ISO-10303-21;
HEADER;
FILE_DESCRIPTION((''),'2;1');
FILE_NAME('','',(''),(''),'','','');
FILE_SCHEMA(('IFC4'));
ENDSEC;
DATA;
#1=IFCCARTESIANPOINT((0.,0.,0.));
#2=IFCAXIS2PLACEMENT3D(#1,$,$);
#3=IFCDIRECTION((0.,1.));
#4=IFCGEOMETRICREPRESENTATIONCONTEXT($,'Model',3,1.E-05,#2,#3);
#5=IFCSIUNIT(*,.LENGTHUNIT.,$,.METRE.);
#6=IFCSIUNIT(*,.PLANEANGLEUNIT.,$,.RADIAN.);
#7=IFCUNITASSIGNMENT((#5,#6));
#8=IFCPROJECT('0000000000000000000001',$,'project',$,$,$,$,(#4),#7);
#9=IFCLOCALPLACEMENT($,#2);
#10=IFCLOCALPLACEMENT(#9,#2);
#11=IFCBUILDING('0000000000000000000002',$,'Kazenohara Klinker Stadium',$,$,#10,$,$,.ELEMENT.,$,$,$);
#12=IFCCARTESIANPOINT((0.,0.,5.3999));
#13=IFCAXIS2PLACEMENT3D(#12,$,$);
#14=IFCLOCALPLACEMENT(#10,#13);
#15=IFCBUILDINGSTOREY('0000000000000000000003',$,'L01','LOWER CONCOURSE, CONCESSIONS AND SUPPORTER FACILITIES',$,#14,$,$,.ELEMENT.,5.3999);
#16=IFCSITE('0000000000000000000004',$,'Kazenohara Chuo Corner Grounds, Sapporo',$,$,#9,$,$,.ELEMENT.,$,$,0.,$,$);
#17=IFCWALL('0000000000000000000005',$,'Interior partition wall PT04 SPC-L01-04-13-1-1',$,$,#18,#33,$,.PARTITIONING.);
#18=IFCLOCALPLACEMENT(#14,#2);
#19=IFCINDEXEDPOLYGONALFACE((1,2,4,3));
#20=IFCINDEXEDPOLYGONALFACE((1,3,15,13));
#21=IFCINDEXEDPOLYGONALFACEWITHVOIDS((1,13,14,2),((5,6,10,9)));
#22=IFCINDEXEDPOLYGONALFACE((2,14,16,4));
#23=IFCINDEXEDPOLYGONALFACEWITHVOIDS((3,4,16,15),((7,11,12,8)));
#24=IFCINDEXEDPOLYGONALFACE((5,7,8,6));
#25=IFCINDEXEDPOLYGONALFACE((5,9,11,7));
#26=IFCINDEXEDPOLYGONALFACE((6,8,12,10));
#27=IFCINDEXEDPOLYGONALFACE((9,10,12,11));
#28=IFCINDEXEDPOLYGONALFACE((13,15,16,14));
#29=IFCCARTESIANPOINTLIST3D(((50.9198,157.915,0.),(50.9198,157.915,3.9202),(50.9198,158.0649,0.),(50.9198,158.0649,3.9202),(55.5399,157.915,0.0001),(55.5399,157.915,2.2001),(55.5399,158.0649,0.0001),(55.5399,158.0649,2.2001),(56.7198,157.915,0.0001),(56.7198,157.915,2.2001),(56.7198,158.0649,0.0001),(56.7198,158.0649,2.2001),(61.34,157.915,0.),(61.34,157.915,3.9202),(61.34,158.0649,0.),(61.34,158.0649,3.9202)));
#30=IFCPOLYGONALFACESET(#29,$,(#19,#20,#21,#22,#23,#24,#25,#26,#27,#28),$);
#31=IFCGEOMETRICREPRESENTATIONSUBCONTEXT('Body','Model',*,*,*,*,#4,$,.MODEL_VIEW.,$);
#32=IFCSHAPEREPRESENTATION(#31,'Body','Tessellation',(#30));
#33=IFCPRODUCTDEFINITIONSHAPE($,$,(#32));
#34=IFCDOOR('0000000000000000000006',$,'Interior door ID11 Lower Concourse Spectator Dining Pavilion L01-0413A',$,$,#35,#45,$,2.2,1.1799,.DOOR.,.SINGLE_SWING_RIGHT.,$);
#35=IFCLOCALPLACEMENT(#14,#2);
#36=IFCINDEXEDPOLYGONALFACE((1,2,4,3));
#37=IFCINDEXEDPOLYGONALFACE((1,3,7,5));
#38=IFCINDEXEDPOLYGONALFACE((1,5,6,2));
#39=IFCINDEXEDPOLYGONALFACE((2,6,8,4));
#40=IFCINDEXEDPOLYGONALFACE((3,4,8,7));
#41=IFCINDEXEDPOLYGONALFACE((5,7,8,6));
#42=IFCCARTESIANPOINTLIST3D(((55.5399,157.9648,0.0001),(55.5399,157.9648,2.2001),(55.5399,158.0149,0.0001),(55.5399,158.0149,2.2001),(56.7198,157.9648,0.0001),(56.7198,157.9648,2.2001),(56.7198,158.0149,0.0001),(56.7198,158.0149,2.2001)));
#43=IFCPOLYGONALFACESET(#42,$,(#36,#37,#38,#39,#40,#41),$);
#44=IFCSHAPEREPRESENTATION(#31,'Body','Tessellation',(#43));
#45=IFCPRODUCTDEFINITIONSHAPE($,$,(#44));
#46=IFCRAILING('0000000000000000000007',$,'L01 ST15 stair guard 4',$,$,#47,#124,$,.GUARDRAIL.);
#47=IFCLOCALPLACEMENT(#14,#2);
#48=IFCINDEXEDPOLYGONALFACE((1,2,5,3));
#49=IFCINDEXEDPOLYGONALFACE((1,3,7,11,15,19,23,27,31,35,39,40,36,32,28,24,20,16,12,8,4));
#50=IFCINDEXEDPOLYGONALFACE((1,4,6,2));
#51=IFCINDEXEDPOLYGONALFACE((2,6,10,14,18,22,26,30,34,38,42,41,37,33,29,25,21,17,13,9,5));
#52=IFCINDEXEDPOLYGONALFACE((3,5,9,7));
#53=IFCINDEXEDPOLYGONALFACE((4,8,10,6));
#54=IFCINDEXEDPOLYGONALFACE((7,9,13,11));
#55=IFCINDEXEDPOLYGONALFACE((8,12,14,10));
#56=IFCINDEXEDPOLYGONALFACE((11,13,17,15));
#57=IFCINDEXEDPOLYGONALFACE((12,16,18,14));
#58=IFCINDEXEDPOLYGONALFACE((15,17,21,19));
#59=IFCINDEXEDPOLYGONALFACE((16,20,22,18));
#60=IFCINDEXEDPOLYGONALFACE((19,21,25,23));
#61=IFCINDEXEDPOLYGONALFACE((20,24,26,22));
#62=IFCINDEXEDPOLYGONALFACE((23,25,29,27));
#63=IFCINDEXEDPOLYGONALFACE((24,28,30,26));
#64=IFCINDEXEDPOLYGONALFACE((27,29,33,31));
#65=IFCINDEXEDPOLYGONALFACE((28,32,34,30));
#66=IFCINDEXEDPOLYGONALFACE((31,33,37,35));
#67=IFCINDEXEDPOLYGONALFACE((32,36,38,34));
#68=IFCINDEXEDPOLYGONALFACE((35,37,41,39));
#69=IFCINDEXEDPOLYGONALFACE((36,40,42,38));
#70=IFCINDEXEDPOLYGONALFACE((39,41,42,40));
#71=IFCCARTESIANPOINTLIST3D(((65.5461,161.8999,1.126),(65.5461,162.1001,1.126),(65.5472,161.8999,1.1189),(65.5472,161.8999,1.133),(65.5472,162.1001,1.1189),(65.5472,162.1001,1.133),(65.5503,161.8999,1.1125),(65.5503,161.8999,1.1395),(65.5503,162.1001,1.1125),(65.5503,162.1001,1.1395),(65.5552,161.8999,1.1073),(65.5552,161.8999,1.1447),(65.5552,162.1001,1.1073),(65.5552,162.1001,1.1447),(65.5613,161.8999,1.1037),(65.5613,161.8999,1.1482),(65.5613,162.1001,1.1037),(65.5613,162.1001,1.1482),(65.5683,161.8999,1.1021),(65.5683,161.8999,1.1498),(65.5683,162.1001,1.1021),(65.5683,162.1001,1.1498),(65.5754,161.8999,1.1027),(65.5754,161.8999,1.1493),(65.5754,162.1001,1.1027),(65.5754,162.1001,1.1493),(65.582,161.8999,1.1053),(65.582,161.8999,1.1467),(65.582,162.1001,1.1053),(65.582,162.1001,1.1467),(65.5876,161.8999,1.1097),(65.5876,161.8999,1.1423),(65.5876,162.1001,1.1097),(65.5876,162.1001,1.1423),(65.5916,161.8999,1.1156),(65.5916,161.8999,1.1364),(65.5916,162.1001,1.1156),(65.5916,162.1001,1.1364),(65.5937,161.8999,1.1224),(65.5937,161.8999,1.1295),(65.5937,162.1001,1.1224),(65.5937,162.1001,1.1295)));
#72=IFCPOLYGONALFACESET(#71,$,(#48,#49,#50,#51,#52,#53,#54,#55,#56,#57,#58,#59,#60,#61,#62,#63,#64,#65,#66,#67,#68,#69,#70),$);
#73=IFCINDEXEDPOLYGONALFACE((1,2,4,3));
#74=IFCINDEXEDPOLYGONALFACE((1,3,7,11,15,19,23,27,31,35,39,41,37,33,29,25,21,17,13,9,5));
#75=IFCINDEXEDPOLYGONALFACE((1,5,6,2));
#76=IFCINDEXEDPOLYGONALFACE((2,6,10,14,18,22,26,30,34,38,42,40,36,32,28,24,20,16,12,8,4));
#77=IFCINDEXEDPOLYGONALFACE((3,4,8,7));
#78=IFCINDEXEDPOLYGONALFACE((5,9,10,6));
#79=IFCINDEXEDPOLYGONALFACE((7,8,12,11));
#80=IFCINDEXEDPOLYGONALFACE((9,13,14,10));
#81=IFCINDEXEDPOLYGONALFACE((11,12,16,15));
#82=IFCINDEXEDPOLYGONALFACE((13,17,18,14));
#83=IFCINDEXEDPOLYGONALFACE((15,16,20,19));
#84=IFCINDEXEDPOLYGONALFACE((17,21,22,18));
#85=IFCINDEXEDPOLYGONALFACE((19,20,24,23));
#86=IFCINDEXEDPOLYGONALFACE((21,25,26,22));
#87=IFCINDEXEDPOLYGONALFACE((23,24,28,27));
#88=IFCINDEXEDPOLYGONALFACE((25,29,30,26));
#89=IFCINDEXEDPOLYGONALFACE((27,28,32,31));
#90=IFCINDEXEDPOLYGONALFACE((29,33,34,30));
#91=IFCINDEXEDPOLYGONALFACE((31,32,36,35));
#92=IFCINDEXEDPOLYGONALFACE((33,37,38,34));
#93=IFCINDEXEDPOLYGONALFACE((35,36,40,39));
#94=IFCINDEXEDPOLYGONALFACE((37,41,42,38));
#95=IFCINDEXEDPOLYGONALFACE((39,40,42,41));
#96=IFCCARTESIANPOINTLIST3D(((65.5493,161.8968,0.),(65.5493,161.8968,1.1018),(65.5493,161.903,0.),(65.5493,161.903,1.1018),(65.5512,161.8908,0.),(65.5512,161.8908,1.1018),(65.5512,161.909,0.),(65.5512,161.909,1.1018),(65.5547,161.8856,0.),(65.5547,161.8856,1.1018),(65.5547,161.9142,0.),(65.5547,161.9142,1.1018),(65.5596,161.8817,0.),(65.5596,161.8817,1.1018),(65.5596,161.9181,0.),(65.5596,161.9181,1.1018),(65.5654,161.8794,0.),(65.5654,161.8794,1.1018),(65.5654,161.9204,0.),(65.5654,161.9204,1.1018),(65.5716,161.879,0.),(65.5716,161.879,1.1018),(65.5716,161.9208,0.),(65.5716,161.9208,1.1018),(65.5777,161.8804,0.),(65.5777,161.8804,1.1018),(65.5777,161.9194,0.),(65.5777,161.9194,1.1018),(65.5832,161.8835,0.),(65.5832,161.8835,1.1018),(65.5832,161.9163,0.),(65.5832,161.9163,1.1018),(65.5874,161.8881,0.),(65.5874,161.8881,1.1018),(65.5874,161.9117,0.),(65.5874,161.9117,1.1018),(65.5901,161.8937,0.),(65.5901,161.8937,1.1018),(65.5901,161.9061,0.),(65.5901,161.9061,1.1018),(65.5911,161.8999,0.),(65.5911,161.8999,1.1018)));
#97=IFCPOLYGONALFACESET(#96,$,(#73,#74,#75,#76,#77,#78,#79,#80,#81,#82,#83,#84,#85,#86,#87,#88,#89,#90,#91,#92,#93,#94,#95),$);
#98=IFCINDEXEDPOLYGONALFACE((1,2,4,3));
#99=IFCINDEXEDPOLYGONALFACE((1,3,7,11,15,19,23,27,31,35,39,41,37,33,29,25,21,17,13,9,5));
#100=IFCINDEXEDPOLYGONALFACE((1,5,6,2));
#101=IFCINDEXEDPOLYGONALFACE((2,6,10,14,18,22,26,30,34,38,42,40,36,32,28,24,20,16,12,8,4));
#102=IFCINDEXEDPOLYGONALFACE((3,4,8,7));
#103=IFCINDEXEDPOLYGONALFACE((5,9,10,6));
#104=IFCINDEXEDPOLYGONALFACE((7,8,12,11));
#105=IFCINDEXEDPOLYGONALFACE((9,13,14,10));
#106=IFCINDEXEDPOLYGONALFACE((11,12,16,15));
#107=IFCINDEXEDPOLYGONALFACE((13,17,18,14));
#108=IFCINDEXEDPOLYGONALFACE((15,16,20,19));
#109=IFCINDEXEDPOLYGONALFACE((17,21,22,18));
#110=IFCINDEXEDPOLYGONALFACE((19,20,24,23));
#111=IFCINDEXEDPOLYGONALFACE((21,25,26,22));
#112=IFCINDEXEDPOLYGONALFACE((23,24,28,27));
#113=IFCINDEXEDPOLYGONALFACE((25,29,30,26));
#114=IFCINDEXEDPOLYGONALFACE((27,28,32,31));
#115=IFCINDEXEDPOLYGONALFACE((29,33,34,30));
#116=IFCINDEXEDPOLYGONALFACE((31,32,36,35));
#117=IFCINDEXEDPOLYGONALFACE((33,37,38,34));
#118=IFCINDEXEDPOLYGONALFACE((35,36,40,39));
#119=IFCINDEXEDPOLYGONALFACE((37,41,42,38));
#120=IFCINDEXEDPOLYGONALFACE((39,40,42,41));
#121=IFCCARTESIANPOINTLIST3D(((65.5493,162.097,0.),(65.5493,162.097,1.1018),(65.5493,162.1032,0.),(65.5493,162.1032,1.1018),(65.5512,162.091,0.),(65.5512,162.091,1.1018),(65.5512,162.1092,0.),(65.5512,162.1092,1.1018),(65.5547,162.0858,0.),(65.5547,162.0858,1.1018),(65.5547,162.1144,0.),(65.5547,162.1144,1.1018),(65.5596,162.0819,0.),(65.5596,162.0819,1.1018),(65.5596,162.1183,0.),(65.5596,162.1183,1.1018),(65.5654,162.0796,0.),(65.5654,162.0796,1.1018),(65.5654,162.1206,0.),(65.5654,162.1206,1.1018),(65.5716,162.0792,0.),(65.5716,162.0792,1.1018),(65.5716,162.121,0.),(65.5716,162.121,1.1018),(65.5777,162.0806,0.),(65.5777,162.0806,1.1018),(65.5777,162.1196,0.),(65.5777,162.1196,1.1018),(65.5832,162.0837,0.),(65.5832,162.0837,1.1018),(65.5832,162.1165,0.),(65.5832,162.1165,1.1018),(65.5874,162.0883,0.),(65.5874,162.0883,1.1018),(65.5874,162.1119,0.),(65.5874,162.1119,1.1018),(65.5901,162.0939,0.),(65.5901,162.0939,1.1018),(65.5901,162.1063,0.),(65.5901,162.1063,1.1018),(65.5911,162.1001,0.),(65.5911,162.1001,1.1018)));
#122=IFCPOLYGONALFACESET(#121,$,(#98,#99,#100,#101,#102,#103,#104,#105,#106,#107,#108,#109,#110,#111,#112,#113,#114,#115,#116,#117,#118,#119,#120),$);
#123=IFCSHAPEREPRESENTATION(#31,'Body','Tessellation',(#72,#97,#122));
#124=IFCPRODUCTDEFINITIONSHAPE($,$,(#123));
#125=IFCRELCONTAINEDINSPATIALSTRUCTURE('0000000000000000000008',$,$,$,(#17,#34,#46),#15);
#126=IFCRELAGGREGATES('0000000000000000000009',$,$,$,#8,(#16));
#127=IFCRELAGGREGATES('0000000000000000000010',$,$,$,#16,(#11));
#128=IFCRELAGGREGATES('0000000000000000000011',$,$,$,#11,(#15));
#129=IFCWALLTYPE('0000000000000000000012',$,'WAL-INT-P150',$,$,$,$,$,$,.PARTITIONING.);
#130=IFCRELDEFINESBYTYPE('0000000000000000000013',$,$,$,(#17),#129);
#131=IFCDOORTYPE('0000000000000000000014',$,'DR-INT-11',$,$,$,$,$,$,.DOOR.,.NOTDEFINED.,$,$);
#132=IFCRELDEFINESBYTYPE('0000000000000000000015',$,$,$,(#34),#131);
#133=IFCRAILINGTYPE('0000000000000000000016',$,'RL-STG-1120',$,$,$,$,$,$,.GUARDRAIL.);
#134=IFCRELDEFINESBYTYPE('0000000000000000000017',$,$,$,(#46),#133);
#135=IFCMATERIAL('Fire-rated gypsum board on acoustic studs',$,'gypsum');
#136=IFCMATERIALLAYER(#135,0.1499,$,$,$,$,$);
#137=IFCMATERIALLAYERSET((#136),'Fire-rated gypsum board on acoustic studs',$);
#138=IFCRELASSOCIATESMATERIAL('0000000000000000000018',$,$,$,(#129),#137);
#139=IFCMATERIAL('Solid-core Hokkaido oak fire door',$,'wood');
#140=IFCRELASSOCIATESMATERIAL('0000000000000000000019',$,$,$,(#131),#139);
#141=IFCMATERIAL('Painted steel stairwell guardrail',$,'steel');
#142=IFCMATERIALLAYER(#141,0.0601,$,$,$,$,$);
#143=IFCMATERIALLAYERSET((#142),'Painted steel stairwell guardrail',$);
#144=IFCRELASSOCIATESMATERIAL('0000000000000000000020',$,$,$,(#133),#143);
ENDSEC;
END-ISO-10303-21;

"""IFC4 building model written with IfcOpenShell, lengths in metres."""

from ifc_helpers import new_model, si_unit, direction, frame, frame_2d, origin, origin_2d, place, context, subcontext, project, spatial, rectangle, circle, extrude, material, layer, layer_set, type_object, element, fill, save


model = new_model("IFC4")

# Units and contexts
model_context = context("Model", 3, precision=1e-05, world=origin(), true_north=direction((0.0, 1.0)))
body_context = subcontext(model_context, "Body", "Model", "MODEL_VIEW")
ifc_project = project(units=[si_unit("LENGTHUNIT", "METRE"), si_unit("PLANEANGLEUNIT", "RADIAN")], contexts=[model_context])

# Site, building, storey
site_placement = place(None, origin())
site = spatial("IfcSite", under=ifc_project, at=site_placement, Name="Kazenohara Chuo Corner Grounds, Sapporo", CompositionType="ELEMENT", RefElevation=0.0)
building_placement = place(site_placement, origin())
building = spatial("IfcBuilding", under=site, at=building_placement, Name="Kazenohara Klinker Stadium", CompositionType="ELEMENT")
storey_placement = place(building_placement, frame((0.0, 0.0, 5.3999)))
storey = spatial("IfcBuildingStorey", under=building, at=storey_placement, Name="L01", Description="LOWER CONCOURSE, CONCESSIONS AND SUPPORTER FACILITIES", CompositionType="ELEMENT", Elevation=5.3999)

# Wall, opening, door
ifc_material_1 = material(Name="Fire-rated gypsum board on acoustic studs", Category="gypsum")
ifc_layer_1 = layer(ifc_material_1, 0.1499)
ifc_layer_set_1 = layer_set([ifc_layer_1], Name="Fire-rated gypsum board on acoustic studs")
wall_type_1 = type_object("IfcWallType", Name="WAL-INT-P150", PredefinedType="PARTITIONING", material=ifc_layer_set_1)
wall_1_placement = place(storey_placement, frame((50.9199, 157.99, 0.0), z_axis=(0.0, 0.0, 1.0), x_axis=(1.0, 0.0, 0.0)))
wall_1 = element("IfcWall", 1, at=wall_1_placement, inside=storey, type_object=wall_type_1, Name="Interior partition wall PT04 SPC-L01-04-13-1-1", PredefinedType="PARTITIONING", context=body_context, shape_type="SweptSolid", body=[
    extrude(rectangle(XDim=10.4202, YDim=0.1499, at=frame_2d((5.21, 0.0))), origin(), (0.0, 0.0, 1.0), 3.9202),
])
opening_1_placement = place(wall_1_placement, frame((4.6201, 0.0, 0.0)))
opening_1 = element("IfcOpeningElement", 2, at=opening_1_placement, cuts=wall_1, PredefinedType="OPENING", context=body_context, shape_type="SweptSolid", body=[
    extrude(rectangle(XDim=1.1799, YDim=2.2, at=frame_2d((0.5898, 1.1001))), frame((0.0, 0.085, 0.0), z_axis=(0.0, -1.0, 0.0), x_axis=(1.0, 0.0, 0.0)), (0.0, 0.0, 1.0), 0.1699),
])
ifc_material_2 = material(Name="Solid-core Hokkaido oak fire door", Category="wood")
door_type_1 = type_object("IfcDoorType", Name="DR-INT-11", OperationType="NOTDEFINED", PredefinedType="DOOR", material=ifc_material_2)
door_1_placement = place(opening_1_placement, origin())
door_1 = element("IfcDoor", 3, at=door_1_placement, inside=storey, type_object=door_type_1, Name="Interior door ID11 Lower Concourse Spectator Dining Pavilion L01-0413A", OperationType="SINGLE_SWING_RIGHT", OverallHeight=2.2, OverallWidth=1.1799, PredefinedType="DOOR", context=body_context, shape_type="SweptSolid", body=[
    extrude(rectangle(XDim=1.1799, YDim=2.2, at=frame_2d((0.5898, 1.1001))), frame((0.0, 0.0249, 0.0), z_axis=(0.0, -1.0, 0.0), x_axis=(1.0, 0.0, 0.0)), (0.0, 0.0, 1.0), 0.05),
])
fill(opening_1, door_1)

# Railing
ifc_material_3 = material(Name="Painted steel stairwell guardrail", Category="steel")
ifc_layer_2 = layer(ifc_material_3, 0.0601)
ifc_layer_set_2 = layer_set([ifc_layer_2], Name="Painted steel stairwell guardrail")
railing_type = type_object("IfcRailingType", Name="RL-STG-1120", PredefinedType="GUARDRAIL", material=ifc_layer_set_2)
railing_placement = place(storey_placement, frame((65.5701, 161.8999, 0.0)))
element("IfcRailing", 4, at=railing_placement, inside=storey, type_object=railing_type, Name="L01 ST15 stair guard 4", PredefinedType="GUARDRAIL", context=body_context, shape_type="SweptSolid", body=[
    extrude(circle(Radius=0.0239, at=origin_2d()), frame((0.0, 0.0, 1.126), z_axis=(0.0, 1.0, 0.0), x_axis=(-1.0, 0.0, 0.0)), (0.0, 0.0, 1.0), 0.2002),
    extrude(circle(Radius=0.021, at=origin_2d()), origin(), (0.0, 0.0, 1.0), 1.1018),
    extrude(circle(Radius=0.021, at=origin_2d()), frame((0.0, 0.2002, 0.0)), (0.0, 0.0, 1.0), 1.1018),
])

save(model, "model.ifc")
